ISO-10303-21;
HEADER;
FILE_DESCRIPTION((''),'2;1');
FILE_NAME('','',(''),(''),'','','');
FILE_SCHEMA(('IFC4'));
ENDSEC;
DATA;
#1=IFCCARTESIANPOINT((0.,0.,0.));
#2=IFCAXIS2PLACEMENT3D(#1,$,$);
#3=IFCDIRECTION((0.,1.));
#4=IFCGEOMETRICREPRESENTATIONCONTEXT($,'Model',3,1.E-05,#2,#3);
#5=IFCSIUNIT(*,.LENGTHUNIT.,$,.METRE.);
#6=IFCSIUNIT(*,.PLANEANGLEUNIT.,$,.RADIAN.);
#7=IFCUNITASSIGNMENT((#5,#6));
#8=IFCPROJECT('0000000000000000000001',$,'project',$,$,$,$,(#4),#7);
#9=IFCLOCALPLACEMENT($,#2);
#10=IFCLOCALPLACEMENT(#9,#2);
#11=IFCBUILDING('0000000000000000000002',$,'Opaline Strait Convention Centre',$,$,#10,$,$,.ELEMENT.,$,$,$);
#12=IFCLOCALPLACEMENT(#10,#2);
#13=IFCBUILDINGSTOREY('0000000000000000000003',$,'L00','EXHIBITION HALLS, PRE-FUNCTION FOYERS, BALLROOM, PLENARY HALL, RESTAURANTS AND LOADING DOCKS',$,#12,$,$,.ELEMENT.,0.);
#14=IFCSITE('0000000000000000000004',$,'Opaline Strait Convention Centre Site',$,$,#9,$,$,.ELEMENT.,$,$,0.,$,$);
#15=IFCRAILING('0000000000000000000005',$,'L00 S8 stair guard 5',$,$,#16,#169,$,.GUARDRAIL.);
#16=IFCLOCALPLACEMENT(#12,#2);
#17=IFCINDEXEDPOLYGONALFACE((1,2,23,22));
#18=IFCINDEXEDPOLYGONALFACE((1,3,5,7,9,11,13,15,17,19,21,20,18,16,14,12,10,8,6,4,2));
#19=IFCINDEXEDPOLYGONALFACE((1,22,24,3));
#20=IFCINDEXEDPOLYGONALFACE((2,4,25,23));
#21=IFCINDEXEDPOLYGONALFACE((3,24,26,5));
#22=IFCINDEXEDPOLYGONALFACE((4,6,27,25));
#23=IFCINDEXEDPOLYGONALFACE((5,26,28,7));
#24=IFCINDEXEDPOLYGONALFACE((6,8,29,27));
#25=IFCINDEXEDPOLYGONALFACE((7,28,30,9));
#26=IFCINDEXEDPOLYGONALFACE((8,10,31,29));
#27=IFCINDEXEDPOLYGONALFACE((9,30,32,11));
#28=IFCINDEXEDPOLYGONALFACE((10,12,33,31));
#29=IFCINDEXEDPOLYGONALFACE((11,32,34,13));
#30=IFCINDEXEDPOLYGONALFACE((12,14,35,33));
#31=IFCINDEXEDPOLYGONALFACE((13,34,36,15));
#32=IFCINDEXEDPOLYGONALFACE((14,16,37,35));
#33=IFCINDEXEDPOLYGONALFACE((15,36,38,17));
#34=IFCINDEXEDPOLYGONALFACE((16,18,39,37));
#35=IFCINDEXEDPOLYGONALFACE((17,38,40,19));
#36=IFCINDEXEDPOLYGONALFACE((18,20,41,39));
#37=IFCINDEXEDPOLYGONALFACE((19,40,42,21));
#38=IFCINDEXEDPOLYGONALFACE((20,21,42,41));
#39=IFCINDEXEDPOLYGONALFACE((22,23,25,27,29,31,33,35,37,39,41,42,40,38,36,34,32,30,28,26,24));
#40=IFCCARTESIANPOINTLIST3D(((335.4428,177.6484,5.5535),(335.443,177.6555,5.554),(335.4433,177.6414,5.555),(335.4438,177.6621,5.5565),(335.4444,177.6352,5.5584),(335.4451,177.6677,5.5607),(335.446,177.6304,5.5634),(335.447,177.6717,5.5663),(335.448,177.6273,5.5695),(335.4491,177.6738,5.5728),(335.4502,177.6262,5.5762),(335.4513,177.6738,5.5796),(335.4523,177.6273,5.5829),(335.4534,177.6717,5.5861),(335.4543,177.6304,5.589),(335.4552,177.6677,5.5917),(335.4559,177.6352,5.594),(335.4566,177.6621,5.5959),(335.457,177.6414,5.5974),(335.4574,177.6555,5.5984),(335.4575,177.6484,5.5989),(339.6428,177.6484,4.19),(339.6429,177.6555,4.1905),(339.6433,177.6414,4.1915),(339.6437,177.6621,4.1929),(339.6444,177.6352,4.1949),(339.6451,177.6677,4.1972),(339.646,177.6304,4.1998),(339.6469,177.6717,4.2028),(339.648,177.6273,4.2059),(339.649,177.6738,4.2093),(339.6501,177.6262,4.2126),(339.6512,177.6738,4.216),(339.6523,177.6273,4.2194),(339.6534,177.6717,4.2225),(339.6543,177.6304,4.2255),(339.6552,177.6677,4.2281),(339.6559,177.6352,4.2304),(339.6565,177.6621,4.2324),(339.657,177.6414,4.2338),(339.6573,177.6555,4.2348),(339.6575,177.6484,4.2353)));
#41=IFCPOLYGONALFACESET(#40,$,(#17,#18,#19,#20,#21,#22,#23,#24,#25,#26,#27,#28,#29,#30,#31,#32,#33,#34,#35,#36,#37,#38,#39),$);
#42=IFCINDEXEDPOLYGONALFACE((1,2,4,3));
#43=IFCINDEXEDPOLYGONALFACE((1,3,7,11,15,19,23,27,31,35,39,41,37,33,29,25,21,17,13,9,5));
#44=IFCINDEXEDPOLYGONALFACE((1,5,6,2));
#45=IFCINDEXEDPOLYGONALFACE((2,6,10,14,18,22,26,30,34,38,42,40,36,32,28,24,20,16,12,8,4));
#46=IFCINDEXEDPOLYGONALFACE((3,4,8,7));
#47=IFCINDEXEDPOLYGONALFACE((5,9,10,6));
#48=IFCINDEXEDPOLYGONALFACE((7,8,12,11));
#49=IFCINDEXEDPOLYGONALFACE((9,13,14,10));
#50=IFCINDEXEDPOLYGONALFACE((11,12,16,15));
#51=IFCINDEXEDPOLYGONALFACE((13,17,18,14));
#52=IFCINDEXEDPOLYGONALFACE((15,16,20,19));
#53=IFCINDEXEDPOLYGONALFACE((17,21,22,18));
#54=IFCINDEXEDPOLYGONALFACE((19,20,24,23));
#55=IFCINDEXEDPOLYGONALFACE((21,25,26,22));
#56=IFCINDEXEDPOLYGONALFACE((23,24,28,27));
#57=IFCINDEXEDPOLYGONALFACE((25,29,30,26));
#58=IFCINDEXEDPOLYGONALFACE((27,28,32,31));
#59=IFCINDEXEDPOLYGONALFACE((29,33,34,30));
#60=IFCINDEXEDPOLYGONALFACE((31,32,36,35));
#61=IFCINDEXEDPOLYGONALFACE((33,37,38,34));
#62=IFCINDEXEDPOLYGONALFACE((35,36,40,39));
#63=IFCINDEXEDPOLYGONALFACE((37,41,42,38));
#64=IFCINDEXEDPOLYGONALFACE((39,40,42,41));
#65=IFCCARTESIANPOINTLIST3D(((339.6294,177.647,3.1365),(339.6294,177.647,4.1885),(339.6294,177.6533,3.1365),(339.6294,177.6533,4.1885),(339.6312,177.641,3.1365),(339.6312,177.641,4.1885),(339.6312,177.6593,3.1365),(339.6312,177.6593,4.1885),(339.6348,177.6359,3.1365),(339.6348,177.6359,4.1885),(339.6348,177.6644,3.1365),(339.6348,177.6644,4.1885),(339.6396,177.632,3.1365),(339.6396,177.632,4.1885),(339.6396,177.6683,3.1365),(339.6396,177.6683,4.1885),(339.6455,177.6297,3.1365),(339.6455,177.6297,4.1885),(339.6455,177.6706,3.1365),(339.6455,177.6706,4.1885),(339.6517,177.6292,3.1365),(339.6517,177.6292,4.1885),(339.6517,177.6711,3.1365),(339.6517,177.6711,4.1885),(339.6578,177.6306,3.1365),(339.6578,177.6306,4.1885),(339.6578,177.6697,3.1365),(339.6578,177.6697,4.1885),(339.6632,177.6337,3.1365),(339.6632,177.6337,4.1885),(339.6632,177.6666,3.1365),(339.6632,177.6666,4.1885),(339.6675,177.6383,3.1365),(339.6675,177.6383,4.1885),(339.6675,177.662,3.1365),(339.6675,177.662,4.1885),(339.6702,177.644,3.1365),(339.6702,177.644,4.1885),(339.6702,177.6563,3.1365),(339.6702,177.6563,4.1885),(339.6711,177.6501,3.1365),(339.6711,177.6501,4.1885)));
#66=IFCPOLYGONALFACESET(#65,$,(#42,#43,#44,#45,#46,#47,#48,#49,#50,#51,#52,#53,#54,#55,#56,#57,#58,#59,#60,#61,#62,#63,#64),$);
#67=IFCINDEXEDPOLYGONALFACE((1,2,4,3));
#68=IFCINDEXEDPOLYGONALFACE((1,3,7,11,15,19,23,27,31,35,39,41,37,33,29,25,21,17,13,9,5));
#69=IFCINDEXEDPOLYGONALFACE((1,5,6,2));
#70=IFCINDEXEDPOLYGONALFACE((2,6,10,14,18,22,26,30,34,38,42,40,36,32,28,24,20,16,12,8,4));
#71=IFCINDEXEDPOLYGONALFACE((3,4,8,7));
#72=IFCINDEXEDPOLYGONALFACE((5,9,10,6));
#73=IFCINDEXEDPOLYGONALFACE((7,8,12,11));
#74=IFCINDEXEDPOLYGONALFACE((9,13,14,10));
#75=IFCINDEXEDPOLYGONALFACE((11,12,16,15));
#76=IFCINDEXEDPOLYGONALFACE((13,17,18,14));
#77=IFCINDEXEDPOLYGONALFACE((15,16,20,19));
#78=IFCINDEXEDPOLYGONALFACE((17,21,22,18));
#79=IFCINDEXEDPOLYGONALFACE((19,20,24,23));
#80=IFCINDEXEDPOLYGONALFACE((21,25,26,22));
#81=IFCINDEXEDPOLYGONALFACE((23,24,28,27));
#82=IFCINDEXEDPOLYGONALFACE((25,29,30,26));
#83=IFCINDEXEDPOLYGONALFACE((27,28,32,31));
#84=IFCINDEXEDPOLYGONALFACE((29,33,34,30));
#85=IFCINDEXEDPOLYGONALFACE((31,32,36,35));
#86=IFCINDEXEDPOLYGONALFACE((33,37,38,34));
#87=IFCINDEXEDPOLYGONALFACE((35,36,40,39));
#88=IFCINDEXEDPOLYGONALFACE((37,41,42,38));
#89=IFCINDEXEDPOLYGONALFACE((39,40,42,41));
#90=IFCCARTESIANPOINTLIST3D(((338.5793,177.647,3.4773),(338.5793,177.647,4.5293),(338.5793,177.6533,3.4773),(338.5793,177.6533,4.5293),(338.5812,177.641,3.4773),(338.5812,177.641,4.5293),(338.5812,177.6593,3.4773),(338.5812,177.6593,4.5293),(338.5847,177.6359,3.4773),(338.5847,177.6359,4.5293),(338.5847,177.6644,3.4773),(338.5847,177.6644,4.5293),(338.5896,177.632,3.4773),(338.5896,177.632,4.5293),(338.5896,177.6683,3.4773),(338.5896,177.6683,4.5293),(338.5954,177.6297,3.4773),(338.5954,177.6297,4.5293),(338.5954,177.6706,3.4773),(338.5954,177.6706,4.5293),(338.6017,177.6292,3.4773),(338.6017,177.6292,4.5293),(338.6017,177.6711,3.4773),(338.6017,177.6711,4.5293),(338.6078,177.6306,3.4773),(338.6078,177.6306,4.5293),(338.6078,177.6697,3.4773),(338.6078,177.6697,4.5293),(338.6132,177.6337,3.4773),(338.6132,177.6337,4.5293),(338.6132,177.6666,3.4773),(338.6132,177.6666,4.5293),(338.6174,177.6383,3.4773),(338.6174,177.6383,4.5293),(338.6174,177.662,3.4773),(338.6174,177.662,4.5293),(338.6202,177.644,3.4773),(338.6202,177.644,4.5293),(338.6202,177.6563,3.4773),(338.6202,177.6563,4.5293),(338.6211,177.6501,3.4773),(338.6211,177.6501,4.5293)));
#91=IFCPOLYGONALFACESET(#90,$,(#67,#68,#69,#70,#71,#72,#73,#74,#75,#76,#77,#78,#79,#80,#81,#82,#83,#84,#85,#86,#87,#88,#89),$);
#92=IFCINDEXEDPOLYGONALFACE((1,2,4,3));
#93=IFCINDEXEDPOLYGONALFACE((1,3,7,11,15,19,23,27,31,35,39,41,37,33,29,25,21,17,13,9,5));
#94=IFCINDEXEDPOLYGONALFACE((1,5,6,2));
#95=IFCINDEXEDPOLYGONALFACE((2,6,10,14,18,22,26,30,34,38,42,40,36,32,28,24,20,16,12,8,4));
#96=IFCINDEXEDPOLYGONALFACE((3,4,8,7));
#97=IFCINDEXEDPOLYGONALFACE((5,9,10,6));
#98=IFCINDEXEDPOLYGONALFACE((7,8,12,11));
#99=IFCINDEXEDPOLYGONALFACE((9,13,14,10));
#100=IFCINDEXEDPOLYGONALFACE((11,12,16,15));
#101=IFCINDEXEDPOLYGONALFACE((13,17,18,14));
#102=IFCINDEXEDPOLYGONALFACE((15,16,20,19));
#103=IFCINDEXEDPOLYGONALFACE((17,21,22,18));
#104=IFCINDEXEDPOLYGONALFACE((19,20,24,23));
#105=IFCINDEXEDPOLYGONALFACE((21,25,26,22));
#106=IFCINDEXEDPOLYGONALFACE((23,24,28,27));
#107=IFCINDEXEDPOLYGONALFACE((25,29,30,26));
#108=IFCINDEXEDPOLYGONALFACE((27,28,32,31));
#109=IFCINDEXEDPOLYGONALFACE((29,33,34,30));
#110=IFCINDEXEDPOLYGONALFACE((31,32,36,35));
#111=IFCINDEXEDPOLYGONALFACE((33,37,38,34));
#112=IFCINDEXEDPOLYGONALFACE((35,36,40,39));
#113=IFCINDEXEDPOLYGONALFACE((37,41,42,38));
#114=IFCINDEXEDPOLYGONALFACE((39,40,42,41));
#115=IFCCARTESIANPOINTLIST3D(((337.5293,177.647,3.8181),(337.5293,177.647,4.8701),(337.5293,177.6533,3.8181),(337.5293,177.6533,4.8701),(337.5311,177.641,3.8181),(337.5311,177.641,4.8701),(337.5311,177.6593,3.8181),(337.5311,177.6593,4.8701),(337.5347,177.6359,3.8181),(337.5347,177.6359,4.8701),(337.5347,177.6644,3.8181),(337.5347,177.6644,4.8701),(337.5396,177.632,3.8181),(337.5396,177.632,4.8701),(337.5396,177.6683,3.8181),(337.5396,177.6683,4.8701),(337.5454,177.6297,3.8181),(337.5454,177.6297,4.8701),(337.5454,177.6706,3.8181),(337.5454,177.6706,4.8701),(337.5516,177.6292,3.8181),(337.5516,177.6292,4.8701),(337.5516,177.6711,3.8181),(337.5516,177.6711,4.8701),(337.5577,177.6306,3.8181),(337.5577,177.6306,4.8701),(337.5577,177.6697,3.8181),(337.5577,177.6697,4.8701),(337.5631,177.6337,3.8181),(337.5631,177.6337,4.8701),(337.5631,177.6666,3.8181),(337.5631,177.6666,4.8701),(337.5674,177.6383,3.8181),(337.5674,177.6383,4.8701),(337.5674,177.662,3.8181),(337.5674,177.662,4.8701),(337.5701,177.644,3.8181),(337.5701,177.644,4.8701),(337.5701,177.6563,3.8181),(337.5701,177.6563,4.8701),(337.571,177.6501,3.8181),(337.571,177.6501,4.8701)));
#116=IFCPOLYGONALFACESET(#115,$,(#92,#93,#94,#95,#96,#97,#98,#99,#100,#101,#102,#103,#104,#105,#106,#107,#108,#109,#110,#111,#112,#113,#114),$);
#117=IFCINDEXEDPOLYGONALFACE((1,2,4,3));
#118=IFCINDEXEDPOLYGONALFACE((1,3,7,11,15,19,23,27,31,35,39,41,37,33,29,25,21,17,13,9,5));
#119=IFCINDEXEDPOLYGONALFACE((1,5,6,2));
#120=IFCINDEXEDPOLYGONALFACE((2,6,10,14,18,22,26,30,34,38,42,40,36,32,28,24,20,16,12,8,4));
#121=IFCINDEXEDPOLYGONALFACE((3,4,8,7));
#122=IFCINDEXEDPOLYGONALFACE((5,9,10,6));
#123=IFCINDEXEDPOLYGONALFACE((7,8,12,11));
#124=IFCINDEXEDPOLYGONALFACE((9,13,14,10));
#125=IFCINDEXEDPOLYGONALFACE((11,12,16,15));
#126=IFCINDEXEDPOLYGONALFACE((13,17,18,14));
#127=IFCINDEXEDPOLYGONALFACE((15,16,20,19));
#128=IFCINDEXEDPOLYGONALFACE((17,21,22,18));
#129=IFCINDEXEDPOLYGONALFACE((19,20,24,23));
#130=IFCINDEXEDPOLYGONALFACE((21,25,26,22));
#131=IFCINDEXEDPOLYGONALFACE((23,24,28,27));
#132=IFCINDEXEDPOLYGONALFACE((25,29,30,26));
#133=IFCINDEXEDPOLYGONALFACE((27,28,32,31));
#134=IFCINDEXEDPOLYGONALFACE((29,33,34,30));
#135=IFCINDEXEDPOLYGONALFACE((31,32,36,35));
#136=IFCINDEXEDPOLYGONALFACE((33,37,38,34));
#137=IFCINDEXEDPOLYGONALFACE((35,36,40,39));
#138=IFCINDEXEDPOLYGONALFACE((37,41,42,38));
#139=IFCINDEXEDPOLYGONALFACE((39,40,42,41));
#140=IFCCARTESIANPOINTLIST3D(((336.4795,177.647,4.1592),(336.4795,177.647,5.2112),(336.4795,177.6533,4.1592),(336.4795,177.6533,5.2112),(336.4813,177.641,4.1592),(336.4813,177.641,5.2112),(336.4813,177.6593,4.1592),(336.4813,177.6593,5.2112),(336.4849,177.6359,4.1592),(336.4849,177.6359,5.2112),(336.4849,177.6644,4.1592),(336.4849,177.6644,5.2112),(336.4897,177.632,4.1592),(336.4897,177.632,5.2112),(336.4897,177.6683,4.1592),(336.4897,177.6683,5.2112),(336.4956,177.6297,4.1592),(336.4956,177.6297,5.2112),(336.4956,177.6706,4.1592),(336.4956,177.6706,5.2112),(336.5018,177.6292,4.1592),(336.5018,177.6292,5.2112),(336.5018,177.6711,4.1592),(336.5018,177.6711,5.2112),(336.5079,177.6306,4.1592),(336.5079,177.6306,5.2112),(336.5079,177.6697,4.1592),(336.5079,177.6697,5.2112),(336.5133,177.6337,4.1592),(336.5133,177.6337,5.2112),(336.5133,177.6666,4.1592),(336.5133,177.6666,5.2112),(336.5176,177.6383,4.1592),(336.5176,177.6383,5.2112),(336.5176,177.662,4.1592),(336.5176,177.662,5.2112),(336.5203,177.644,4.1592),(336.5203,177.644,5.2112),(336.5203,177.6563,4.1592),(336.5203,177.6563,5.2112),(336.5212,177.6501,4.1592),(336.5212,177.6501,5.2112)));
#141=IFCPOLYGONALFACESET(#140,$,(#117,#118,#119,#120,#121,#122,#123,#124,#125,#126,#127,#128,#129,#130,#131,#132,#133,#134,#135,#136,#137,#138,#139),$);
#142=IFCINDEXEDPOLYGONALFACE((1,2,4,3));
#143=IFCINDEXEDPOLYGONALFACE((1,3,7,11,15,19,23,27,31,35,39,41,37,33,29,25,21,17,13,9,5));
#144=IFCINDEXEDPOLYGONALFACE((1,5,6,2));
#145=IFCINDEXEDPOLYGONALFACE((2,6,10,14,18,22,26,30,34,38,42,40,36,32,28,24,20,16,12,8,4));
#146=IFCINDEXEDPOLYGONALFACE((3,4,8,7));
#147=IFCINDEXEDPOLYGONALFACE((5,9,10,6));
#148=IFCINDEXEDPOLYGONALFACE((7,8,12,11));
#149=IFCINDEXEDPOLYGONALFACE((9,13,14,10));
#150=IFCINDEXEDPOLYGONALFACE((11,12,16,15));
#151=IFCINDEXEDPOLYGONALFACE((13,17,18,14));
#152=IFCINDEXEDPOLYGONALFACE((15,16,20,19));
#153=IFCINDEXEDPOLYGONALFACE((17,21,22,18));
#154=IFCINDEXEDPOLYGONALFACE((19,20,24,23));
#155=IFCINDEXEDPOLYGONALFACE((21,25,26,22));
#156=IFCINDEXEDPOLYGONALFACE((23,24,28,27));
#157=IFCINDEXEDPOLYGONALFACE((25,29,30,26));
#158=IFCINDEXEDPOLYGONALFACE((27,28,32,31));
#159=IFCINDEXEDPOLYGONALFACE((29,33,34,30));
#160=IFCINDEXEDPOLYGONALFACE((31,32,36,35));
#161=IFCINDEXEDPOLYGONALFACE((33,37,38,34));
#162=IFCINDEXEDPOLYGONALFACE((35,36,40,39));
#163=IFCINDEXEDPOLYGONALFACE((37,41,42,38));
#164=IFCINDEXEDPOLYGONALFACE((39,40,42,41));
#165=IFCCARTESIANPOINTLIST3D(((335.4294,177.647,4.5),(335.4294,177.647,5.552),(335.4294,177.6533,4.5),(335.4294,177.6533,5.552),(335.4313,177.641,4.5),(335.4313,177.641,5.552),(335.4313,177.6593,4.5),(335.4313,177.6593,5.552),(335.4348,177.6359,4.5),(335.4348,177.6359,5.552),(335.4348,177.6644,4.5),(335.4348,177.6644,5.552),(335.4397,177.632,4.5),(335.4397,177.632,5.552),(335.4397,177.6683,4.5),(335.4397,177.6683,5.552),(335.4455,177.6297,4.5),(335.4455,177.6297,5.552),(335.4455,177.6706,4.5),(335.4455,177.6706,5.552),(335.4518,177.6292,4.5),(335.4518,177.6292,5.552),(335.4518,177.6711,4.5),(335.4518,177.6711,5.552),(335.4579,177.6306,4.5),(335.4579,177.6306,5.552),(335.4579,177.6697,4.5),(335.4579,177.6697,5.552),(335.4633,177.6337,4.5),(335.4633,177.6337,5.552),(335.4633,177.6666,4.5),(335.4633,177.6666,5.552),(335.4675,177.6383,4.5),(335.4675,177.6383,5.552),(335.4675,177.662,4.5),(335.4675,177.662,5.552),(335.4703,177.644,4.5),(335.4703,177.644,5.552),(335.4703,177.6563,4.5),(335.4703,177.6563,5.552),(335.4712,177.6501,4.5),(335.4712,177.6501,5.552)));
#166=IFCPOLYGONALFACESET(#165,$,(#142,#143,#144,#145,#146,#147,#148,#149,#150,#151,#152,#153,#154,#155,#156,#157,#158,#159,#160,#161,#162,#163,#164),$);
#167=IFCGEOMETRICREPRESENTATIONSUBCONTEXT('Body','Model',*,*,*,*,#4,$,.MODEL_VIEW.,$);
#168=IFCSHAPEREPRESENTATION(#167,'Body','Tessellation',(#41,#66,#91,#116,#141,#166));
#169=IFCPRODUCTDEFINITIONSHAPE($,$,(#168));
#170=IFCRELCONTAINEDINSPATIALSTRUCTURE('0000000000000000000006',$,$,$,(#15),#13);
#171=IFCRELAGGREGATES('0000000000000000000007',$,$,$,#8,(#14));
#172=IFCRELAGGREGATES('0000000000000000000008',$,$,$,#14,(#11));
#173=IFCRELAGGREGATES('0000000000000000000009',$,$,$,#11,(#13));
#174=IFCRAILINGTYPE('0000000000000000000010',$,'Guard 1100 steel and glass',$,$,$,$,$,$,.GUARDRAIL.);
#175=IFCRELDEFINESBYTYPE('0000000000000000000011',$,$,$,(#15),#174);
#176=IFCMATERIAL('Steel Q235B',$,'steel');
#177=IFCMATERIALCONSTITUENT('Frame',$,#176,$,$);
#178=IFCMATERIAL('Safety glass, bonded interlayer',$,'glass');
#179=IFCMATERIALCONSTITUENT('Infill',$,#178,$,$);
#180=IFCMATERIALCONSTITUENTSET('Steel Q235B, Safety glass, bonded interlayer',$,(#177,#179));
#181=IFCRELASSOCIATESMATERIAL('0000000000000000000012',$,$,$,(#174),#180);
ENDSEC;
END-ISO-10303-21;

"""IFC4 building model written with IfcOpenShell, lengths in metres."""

from ifc_helpers import new_model, si_unit, direction, frame, origin, origin_2d, place, context, subcontext, project, spatial, circle, extrude, material, constituent, constituent_set, type_object, element, save


model = new_model("IFC4")

# Units and contexts
model_context = context("Model", 3, precision=1e-05, world=origin(), true_north=direction((0.0, 1.0)))
body_context = subcontext(model_context, "Body", "Model", "MODEL_VIEW")
ifc_project = project(units=[si_unit("LENGTHUNIT", "METRE"), si_unit("PLANEANGLEUNIT", "RADIAN")], contexts=[model_context])

# Site, building, storey
site_placement = place(None, origin())
site = spatial("IfcSite", under=ifc_project, at=site_placement, Name="Opaline Strait Convention Centre Site", CompositionType="ELEMENT", RefElevation=0.0)
building_placement = place(site_placement, origin())
building = spatial("IfcBuilding", under=site, at=building_placement, Name="Opaline Strait Convention Centre", CompositionType="ELEMENT")
storey_placement = place(building_placement, origin())
storey = spatial("IfcBuildingStorey", under=building, at=storey_placement, Name="L00", Description="EXHIBITION HALLS, PRE-FUNCTION FOYERS, BALLROOM, PLENARY HALL, RESTAURANTS AND LOADING DOCKS", CompositionType="ELEMENT", Elevation=0.0)

# Railing
ifc_material_1 = material(Name="Steel Q235B", Category="steel")
ifc_constituent_1 = constituent(ifc_material_1, Name="Frame")
ifc_material_2 = material(Name="Safety glass, bonded interlayer", Category="glass")
ifc_constituent_2 = constituent(ifc_material_2, Name="Infill")
ifc_constituent_set = constituent_set(constituents=[ifc_constituent_1, ifc_constituent_2], Name="Steel Q235B, Safety glass, bonded interlayer")
railing_type_1 = type_object("IfcRailingType", Name="Guard 1100 steel and glass", PredefinedType="GUARDRAIL", material=ifc_constituent_set)
railing_1_placement = place(storey_placement, frame((339.6501, 177.6501, 3.1365)))
element("IfcRailing", 1, at=railing_1_placement, inside=storey, type_object=railing_type_1, Name="L00 S8 stair guard 5", PredefinedType="GUARDRAIL", context=body_context, shape_type="SweptSolid", body=[
    extrude(circle(Radius=0.0239, at=origin_2d()), frame((0.0, 0.0, 1.0762), z_axis=(-0.951131, 0.0, 0.308787), x_axis=(0.0, -1.0, 0.0)), (0.0, 0.0, 1.0), 4.4158),
    extrude(circle(Radius=0.021, at=origin_2d()), origin(), (0.0, 0.0, 1.0), 1.052),
    extrude(circle(Radius=0.021, at=origin_2d()), frame((-1.05, 0.0, 0.3408)), (0.0, 0.0, 1.0), 1.052),
    extrude(circle(Radius=0.021, at=origin_2d()), frame((-2.1001, 0.0, 0.6816)), (0.0, 0.0, 1.0), 1.052),
    extrude(circle(Radius=0.021, at=origin_2d()), frame((-3.1499, 0.0, 1.0227)), (0.0, 0.0, 1.0), 1.052),
    extrude(circle(Radius=0.021, at=origin_2d()), frame((-4.2, 0.0, 1.3635)), (0.0, 0.0, 1.0), 1.052),
])

save(model, "model.ifc")
